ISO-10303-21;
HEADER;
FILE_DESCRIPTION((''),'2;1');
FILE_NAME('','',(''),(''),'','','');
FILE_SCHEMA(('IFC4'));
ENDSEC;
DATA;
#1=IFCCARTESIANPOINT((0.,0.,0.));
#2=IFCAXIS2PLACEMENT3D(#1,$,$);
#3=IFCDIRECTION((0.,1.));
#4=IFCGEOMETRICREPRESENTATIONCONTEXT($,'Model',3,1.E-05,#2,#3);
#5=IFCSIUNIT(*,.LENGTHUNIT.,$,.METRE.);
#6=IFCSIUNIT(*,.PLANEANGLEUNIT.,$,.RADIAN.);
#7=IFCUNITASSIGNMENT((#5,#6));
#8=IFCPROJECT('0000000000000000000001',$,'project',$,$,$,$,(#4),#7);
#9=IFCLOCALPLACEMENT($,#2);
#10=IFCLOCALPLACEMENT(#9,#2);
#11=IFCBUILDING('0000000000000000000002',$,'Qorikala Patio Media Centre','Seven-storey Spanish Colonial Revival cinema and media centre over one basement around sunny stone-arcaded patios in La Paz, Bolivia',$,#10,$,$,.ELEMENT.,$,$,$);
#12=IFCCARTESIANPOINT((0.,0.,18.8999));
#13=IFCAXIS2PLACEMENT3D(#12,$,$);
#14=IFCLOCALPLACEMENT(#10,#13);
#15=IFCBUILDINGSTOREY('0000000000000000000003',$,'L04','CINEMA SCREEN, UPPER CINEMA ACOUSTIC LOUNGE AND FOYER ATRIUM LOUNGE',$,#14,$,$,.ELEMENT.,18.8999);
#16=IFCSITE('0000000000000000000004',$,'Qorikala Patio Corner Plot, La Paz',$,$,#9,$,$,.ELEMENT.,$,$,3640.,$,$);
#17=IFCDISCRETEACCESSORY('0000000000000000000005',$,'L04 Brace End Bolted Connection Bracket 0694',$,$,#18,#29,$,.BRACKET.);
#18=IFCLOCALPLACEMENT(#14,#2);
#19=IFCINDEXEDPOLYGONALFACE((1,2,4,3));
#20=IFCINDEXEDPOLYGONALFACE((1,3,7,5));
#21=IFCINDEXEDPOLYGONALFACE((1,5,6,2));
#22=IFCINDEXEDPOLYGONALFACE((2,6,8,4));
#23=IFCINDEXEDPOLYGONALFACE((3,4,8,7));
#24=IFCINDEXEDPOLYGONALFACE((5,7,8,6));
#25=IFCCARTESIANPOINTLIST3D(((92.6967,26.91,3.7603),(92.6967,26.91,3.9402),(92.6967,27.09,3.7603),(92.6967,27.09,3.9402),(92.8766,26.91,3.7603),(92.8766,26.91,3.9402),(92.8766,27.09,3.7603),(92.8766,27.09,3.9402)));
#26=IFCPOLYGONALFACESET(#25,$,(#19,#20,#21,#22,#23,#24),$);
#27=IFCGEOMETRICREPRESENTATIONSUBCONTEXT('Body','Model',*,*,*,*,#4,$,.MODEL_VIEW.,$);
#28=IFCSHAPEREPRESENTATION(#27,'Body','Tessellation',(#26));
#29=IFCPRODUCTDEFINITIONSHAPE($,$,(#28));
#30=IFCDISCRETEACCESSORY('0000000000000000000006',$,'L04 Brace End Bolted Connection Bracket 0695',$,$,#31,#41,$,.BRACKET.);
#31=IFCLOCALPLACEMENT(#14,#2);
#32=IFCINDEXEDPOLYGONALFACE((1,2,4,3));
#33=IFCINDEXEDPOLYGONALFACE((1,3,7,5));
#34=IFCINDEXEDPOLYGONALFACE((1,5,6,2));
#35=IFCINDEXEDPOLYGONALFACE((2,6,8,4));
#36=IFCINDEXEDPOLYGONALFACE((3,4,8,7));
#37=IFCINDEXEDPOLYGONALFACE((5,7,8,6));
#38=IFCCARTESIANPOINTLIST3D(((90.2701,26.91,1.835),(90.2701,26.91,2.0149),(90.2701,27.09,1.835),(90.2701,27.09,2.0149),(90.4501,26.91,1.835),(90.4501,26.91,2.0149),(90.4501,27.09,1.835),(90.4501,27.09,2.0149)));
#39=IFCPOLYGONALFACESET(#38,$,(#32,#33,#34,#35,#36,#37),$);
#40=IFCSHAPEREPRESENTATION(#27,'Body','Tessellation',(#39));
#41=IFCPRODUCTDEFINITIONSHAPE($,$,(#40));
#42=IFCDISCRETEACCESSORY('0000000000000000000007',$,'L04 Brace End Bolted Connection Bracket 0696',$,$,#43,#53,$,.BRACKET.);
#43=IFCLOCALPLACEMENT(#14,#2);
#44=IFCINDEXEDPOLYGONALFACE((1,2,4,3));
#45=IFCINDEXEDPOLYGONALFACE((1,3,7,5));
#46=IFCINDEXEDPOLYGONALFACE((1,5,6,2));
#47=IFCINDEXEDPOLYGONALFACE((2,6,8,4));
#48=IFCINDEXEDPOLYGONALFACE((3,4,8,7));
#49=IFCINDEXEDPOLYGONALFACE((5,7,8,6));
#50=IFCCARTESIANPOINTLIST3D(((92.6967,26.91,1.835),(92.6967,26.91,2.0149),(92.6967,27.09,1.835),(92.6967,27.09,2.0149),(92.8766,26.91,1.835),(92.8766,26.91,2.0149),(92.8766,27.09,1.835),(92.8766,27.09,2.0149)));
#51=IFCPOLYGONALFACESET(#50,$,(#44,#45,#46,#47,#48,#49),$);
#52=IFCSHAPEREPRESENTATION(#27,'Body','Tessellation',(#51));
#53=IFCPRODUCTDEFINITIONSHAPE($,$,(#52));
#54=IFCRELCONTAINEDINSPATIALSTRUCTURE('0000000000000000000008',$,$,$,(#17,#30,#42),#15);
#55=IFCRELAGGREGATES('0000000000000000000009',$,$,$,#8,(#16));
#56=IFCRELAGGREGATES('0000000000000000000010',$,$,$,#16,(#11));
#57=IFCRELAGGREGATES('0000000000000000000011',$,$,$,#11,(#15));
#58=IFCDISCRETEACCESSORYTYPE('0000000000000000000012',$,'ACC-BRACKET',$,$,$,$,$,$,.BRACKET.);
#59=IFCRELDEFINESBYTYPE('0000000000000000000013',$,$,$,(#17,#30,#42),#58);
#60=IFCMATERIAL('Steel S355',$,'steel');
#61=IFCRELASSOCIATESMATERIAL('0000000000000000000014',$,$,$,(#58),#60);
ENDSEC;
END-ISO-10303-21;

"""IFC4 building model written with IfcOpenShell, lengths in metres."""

from ifc_helpers import new_model, si_unit, direction, frame, origin, origin_2d, place, context, subcontext, project, spatial, rectangle, extrude, material, type_object, element, save


model = new_model("IFC4")

# Units and contexts
model_context = context("Model", 3, precision=1e-05, world=origin(), true_north=direction((0.0, 1.0)))
body_context = subcontext(model_context, "Body", "Model", "MODEL_VIEW")
ifc_project = project(units=[si_unit("LENGTHUNIT", "METRE"), si_unit("PLANEANGLEUNIT", "RADIAN")], contexts=[model_context])

# Site, building, storey
site_placement = place(None, origin())
site = spatial("IfcSite", under=ifc_project, at=site_placement, Name="Qorikala Patio Corner Plot, La Paz", CompositionType="ELEMENT", RefElevation=3640.0)
building_placement = place(site_placement, origin())
building = spatial("IfcBuilding", under=site, at=building_placement, Name="Qorikala Patio Media Centre", Description="Seven-storey Spanish Colonial Revival cinema and media centre over one basement around sunny stone-arcaded patios in La Paz, Bolivia", CompositionType="ELEMENT")
storey_placement = place(building_placement, frame((0.0, 0.0, 18.8999)))
storey = spatial("IfcBuildingStorey", under=building, at=storey_placement, Name="L04", Description="CINEMA SCREEN, UPPER CINEMA ACOUSTIC LOUNGE AND FOYER ATRIUM LOUNGE", CompositionType="ELEMENT", Elevation=18.8999)

# Discrete accessories
ifc_material_1 = material(Name="Steel S355", Category="steel")
discrete_accessory_type = type_object("IfcDiscreteAccessoryType", Name="ACC-BRACKET", PredefinedType="BRACKET", material=ifc_material_1)
for number, where, z_axis, x_axis, name in (
    (1, (92.7866, 27.0, 3.7603), (0.0, 0.0, 1.0), (1.0, 0.0, 0.0), "L04 Brace End Bolted Connection Bracket 0694"),
    (2, (90.3601, 27.0, 1.835), (0.0, 0.0, 1.0), (1.0, 0.0, 0.0), "L04 Brace End Bolted Connection Bracket 0695"),
    (3, (92.7866, 27.0, 1.835), (0.0, 0.0, 1.0), (1.0, 0.0, 0.0), "L04 Brace End Bolted Connection Bracket 0696"),
):
    element("IfcDiscreteAccessory", number, at=place(storey_placement, frame(where, z_axis=z_axis, x_axis=x_axis)), inside=storey, type_object=discrete_accessory_type, Name=name, PredefinedType="BRACKET", context=body_context, shape_type="SweptSolid", body=[
        extrude(rectangle(XDim=0.1799, YDim=0.1799, at=origin_2d()), origin(), (0.0, 0.0, 1.0), 0.1799),
    ])

save(model, "model.ifc")
